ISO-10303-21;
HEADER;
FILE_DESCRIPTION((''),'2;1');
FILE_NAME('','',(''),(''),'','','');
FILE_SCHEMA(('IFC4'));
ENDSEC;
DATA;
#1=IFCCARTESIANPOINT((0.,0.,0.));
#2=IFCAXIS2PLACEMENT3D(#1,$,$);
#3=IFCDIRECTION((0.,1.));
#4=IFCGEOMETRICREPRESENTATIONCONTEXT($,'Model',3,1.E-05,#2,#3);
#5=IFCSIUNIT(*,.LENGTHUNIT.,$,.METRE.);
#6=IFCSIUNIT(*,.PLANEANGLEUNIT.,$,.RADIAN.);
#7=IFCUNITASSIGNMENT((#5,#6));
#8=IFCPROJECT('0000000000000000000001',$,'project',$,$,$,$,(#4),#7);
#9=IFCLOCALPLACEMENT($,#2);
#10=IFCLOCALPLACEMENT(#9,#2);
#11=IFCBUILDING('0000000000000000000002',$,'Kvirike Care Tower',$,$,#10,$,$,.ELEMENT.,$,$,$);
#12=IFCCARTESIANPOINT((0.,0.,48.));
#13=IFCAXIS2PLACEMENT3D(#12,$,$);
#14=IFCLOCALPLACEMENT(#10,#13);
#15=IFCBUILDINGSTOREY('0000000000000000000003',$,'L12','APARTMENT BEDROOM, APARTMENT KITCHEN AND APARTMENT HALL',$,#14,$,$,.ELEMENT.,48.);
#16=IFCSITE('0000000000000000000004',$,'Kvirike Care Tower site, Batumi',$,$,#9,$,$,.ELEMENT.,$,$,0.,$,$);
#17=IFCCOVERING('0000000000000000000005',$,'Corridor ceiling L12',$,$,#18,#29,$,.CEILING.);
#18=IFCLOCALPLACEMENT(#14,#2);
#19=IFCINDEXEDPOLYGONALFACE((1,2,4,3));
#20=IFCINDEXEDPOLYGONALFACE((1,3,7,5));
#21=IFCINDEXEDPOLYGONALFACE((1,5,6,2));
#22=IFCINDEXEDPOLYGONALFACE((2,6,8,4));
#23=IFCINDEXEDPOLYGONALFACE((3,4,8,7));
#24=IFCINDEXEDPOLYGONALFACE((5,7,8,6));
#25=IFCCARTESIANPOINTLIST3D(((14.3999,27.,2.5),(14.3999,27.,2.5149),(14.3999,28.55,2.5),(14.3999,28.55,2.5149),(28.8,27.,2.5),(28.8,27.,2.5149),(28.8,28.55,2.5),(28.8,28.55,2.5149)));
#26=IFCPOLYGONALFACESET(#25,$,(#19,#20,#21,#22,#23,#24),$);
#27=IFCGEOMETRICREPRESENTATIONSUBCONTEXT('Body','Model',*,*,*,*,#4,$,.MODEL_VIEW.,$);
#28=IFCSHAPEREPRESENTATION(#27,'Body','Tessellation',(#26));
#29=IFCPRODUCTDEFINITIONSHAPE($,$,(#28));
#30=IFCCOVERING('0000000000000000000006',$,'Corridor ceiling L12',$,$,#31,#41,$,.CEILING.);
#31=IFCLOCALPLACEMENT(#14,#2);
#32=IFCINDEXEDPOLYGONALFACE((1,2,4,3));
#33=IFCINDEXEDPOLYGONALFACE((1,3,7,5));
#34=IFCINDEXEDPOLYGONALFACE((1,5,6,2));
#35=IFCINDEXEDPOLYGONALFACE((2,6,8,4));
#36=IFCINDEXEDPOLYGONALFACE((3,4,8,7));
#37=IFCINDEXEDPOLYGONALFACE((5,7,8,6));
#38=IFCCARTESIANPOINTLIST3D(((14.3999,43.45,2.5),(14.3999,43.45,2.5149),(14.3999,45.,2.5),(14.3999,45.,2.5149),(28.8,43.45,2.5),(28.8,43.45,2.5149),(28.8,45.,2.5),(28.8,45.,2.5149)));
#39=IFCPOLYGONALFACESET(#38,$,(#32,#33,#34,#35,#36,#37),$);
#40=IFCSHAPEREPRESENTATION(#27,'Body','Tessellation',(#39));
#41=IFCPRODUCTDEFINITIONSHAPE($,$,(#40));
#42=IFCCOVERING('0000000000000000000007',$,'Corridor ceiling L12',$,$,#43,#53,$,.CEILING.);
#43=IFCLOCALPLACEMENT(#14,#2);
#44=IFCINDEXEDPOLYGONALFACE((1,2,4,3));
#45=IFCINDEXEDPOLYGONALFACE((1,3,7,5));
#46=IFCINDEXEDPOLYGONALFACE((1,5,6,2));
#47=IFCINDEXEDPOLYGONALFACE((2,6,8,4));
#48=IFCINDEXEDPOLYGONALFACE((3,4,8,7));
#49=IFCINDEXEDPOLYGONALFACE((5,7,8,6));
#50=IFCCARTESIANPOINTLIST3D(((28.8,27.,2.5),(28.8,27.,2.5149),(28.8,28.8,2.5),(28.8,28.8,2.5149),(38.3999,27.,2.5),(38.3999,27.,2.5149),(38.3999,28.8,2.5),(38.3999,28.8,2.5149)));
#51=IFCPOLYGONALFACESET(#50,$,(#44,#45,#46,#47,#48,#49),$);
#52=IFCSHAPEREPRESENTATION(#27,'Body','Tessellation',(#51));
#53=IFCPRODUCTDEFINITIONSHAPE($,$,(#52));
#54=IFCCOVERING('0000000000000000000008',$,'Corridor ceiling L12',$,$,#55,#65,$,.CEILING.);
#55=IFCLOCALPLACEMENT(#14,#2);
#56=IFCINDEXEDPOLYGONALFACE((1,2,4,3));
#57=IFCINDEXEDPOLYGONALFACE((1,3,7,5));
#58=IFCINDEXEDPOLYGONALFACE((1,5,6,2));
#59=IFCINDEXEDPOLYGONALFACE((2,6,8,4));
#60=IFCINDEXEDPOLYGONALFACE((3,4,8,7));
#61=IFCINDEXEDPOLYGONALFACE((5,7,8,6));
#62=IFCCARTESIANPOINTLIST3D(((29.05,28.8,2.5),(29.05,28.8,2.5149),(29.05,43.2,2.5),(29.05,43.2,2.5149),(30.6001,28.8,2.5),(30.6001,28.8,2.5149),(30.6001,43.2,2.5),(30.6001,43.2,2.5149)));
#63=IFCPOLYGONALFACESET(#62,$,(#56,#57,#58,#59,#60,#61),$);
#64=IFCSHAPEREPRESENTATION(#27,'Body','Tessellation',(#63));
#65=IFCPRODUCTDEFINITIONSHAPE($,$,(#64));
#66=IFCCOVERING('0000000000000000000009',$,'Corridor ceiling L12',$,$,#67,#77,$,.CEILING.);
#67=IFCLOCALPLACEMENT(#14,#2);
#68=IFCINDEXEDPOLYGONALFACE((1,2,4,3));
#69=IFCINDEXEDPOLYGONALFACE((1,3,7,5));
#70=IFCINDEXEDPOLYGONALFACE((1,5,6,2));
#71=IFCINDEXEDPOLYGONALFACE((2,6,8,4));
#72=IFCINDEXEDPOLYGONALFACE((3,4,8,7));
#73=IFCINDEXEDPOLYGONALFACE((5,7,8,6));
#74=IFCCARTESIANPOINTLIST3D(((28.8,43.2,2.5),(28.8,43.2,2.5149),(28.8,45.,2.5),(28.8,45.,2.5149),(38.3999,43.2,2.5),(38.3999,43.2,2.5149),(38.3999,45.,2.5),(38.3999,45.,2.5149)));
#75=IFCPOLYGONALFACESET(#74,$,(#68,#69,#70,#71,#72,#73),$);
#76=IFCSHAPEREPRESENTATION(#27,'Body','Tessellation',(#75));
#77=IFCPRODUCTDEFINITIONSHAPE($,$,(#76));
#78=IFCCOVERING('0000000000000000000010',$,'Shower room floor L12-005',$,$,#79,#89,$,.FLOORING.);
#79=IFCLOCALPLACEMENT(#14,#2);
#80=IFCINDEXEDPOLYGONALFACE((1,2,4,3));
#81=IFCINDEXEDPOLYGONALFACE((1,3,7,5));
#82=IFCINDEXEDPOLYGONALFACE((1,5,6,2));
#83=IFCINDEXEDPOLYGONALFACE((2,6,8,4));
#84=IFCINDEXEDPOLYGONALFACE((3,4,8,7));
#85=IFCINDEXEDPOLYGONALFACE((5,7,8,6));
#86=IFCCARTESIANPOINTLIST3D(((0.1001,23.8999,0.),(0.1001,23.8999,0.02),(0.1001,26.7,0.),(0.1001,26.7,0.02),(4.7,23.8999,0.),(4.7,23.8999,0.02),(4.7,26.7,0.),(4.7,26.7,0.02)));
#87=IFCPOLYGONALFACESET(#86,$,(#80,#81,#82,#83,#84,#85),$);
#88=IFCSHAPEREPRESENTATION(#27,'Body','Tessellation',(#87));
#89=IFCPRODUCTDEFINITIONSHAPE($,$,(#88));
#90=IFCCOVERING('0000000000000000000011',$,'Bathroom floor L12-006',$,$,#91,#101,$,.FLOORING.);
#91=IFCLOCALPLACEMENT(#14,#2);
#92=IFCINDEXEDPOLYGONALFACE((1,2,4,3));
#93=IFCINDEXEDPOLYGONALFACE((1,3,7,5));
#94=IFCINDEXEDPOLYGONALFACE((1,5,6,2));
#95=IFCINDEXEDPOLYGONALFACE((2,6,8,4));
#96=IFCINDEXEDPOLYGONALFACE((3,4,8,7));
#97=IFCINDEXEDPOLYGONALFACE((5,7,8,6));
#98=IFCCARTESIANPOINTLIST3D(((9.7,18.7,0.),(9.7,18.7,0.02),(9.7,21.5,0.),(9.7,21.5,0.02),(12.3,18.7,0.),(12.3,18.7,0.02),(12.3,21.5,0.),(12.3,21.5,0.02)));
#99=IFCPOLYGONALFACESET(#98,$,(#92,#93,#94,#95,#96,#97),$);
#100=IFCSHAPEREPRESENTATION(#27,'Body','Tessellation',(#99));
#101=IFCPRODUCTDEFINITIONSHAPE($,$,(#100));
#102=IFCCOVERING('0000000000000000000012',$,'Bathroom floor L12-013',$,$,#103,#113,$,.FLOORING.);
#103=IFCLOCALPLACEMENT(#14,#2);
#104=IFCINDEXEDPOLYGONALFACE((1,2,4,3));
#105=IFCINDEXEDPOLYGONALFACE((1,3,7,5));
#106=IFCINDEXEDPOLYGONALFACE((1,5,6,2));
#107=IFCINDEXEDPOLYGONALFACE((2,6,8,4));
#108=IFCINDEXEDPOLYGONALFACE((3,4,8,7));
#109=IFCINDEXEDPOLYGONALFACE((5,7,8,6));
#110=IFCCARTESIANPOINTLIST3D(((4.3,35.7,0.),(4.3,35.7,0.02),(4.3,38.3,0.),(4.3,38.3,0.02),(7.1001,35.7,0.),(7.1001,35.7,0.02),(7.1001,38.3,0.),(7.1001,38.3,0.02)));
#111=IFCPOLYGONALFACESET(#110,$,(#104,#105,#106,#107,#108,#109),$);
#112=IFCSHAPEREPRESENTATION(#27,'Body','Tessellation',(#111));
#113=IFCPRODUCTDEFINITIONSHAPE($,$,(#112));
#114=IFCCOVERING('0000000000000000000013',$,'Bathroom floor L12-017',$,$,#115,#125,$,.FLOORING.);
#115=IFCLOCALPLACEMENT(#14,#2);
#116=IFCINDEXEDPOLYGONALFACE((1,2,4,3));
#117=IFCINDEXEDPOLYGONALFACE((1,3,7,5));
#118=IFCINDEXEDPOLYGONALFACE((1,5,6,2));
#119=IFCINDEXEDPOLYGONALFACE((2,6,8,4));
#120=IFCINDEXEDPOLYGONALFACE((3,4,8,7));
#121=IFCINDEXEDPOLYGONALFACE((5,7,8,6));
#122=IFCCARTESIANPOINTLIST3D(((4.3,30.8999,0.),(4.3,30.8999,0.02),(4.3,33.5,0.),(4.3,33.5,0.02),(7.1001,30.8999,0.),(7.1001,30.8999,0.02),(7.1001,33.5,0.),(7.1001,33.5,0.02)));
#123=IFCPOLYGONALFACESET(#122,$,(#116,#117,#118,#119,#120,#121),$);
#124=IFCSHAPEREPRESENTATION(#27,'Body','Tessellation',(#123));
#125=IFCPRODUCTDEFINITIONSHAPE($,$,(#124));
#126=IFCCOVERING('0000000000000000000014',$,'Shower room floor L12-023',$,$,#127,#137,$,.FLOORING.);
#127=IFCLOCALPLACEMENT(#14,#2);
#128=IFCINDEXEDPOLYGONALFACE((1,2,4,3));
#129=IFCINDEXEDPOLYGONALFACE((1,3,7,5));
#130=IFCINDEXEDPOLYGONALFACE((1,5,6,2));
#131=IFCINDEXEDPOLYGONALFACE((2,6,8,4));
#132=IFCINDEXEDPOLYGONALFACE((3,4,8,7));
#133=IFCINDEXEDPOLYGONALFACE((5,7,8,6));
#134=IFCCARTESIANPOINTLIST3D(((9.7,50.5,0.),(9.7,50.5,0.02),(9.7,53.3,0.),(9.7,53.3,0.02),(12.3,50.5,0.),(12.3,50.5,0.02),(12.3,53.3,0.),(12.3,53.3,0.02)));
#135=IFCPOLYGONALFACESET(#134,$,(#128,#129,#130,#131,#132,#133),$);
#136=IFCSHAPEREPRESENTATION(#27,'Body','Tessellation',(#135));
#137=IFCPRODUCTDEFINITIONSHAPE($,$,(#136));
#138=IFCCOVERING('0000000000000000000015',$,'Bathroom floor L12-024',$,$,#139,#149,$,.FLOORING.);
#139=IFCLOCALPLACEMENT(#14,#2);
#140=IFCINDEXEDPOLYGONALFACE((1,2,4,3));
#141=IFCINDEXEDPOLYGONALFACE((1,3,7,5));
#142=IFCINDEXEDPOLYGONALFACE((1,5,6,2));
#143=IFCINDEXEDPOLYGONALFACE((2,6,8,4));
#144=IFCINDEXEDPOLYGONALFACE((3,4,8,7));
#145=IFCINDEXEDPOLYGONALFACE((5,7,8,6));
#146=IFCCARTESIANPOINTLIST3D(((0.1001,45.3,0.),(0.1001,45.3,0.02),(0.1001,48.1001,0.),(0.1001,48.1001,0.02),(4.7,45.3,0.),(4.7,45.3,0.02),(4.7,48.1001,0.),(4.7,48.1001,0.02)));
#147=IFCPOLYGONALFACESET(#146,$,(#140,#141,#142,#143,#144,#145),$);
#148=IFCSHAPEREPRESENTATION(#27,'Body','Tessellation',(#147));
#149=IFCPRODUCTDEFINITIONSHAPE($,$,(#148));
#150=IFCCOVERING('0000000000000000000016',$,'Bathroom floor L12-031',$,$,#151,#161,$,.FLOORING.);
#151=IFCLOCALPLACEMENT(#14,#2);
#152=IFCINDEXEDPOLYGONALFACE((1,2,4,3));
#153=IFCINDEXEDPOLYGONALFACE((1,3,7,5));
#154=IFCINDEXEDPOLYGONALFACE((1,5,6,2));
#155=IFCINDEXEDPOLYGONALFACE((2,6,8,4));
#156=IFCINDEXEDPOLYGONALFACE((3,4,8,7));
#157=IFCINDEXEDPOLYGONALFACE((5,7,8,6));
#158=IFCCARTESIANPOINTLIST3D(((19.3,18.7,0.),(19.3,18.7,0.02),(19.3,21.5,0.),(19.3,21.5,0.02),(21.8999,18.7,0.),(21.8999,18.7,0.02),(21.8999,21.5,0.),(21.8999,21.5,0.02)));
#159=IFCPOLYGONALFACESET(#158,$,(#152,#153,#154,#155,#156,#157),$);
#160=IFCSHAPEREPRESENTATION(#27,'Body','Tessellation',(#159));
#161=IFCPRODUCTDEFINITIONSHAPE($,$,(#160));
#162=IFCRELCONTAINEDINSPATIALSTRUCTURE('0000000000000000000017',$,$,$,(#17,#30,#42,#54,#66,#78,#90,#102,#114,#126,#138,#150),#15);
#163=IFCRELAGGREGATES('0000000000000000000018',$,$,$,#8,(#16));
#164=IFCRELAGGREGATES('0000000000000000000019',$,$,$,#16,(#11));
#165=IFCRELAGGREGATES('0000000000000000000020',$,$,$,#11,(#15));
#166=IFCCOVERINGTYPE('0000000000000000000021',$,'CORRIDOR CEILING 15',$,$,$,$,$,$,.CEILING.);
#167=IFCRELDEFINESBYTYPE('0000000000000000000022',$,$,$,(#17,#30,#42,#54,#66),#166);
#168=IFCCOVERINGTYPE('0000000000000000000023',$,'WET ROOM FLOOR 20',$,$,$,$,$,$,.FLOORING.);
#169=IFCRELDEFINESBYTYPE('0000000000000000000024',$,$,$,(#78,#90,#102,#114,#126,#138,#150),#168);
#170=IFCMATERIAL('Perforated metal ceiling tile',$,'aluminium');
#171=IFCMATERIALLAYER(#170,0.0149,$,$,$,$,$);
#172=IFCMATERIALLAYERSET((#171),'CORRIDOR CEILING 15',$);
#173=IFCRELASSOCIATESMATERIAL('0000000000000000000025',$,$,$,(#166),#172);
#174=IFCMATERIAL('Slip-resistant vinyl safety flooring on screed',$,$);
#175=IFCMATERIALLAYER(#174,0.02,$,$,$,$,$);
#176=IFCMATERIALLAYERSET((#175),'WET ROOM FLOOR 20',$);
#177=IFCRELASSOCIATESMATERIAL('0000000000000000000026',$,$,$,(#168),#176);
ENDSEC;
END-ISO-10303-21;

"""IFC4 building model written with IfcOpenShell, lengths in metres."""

from ifc_helpers import new_model, si_unit, direction, frame, origin, place, context, subcontext, project, spatial, polyline, outline, extrude, material, layer, layer_set, type_object, element, save


model = new_model("IFC4")

# Units and contexts
model_context = context("Model", 3, precision=1e-05, world=origin(), true_north=direction((0.0, 1.0)))
body_context = subcontext(model_context, "Body", "Model", "MODEL_VIEW")
ifc_project = project(units=[si_unit("LENGTHUNIT", "METRE"), si_unit("PLANEANGLEUNIT", "RADIAN")], contexts=[model_context])

# Site, building, storey
site_placement = place(None, origin())
site = spatial("IfcSite", under=ifc_project, at=site_placement, Name="Kvirike Care Tower site, Batumi", CompositionType="ELEMENT", RefElevation=0.0)
building_placement = place(site_placement, origin())
building = spatial("IfcBuilding", under=site, at=building_placement, Name="Kvirike Care Tower", CompositionType="ELEMENT")
storey_placement = place(building_placement, frame((0.0, 0.0, 48.0)))
storey = spatial("IfcBuildingStorey", under=building, at=storey_placement, Name="L12", Description="APARTMENT BEDROOM, APARTMENT KITCHEN AND APARTMENT HALL", CompositionType="ELEMENT", Elevation=48.0)

# Coverings
ifc_material_1 = material(Name="Perforated metal ceiling tile", Category="aluminium")
ifc_layer_1 = layer(ifc_material_1, 0.0149)
ifc_layer_set_1 = layer_set([ifc_layer_1], Name="CORRIDOR CEILING 15")
covering_type_1 = type_object("IfcCoveringType", Name="CORRIDOR CEILING 15", PredefinedType="CEILING", material=ifc_layer_set_1)
covering_1_placement = place(storey_placement, frame((0.0, 0.0, 2.5)))
element("IfcCovering", 1, at=covering_1_placement, inside=storey, type_object=covering_type_1, Name="Corridor ceiling L12", PredefinedType="CEILING", context=body_context, shape_type="SweptSolid", body=[
    extrude(outline(polyline([(14.3999, 27.0), (14.3999, 28.55), (28.8, 28.55), (28.8, 27.0), (14.3999, 27.0)])), origin(), (0.0, 0.0, 1.0), 0.0149),
])
covering_2_placement = place(storey_placement, frame((0.0, 0.0, 2.5)))
element("IfcCovering", 2, at=covering_2_placement, inside=storey, type_object=covering_type_1, Name="Corridor ceiling L12", PredefinedType="CEILING", context=body_context, shape_type="SweptSolid", body=[
    extrude(outline(polyline([(28.8, 45.0), (28.8, 43.45), (14.3999, 43.45), (14.3999, 45.0), (28.8, 45.0)])), origin(), (0.0, 0.0, 1.0), 0.0149),
])
covering_3_placement = place(storey_placement, frame((0.0, 0.0, 2.5)))
element("IfcCovering", 3, at=covering_3_placement, inside=storey, type_object=covering_type_1, Name="Corridor ceiling L12", PredefinedType="CEILING", context=body_context, shape_type="SweptSolid", body=[
    extrude(outline(polyline([(28.8, 27.0), (28.8, 28.8), (38.3999, 28.8), (38.3999, 27.0), (28.8, 27.0)])), origin(), (0.0, 0.0, 1.0), 0.0149),
])
covering_4_placement = place(storey_placement, frame((0.0, 0.0, 2.5)))
element("IfcCovering", 4, at=covering_4_placement, inside=storey, type_object=covering_type_1, Name="Corridor ceiling L12", PredefinedType="CEILING", context=body_context, shape_type="SweptSolid", body=[
    extrude(outline(polyline([(30.6001, 28.8), (29.05, 28.8), (29.05, 43.2), (30.6001, 43.2), (30.6001, 28.8)])), origin(), (0.0, 0.0, 1.0), 0.0149),
])
covering_5_placement = place(storey_placement, frame((0.0, 0.0, 2.5)))
element("IfcCovering", 5, at=covering_5_placement, inside=storey, type_object=covering_type_1, Name="Corridor ceiling L12", PredefinedType="CEILING", context=body_context, shape_type="SweptSolid", body=[
    extrude(outline(polyline([(38.3999, 45.0), (38.3999, 43.2), (28.8, 43.2), (28.8, 45.0), (38.3999, 45.0)])), origin(), (0.0, 0.0, 1.0), 0.0149),
])
ifc_material_2 = material(Name="Slip-resistant vinyl safety flooring on screed")
ifc_layer_2 = layer(ifc_material_2, 0.02)
ifc_layer_set_2 = layer_set([ifc_layer_2], Name="WET ROOM FLOOR 20")
covering_type_2 = type_object("IfcCoveringType", Name="WET ROOM FLOOR 20", PredefinedType="FLOORING", material=ifc_layer_set_2)
covering_6_placement = place(storey_placement, origin())
element("IfcCovering", 6, at=covering_6_placement, inside=storey, type_object=covering_type_2, Name="Shower room floor L12-005", PredefinedType="FLOORING", context=body_context, shape_type="SweptSolid", body=[
    extrude(outline(polyline([(0.1001, 23.8999), (0.1001, 26.7), (4.7, 26.7), (4.7, 23.8999), (0.1001, 23.8999)])), origin(), (0.0, 0.0, 1.0), 0.02),
])
covering_7_placement = place(storey_placement, origin())
element("IfcCovering", 7, at=covering_7_placement, inside=storey, type_object=covering_type_2, Name="Bathroom floor L12-006", PredefinedType="FLOORING", context=body_context, shape_type="SweptSolid", body=[
    extrude(outline(polyline([(9.7, 18.7), (9.7, 21.5), (12.3, 21.5), (12.3, 18.7), (9.7, 18.7)])), origin(), (0.0, 0.0, 1.0), 0.02),
])
covering_8_placement = place(storey_placement, origin())
element("IfcCovering", 8, at=covering_8_placement, inside=storey, type_object=covering_type_2, Name="Bathroom floor L12-013", PredefinedType="FLOORING", context=body_context, shape_type="SweptSolid", body=[
    extrude(outline(polyline([(4.3, 38.3), (7.1001, 38.3), (7.1001, 35.7), (4.3, 35.7), (4.3, 38.3)])), origin(), (0.0, 0.0, 1.0), 0.02),
])
covering_9_placement = place(storey_placement, origin())
element("IfcCovering", 9, at=covering_9_placement, inside=storey, type_object=covering_type_2, Name="Bathroom floor L12-017", PredefinedType="FLOORING", context=body_context, shape_type="SweptSolid", body=[
    extrude(outline(polyline([(4.3, 33.5), (7.1001, 33.5), (7.1001, 30.8999), (4.3, 30.8999), (4.3, 33.5)])), origin(), (0.0, 0.0, 1.0), 0.02),
])
covering_10_placement = place(storey_placement, origin())
element("IfcCovering", 10, at=covering_10_placement, inside=storey, type_object=covering_type_2, Name="Shower room floor L12-023", PredefinedType="FLOORING", context=body_context, shape_type="SweptSolid", body=[
    extrude(outline(polyline([(12.3, 53.3), (12.3, 50.5), (9.7, 50.5), (9.7, 53.3), (12.3, 53.3)])), origin(), (0.0, 0.0, 1.0), 0.02),
])
covering_11_placement = place(storey_placement, origin())
element("IfcCovering", 11, at=covering_11_placement, inside=storey, type_object=covering_type_2, Name="Bathroom floor L12-024", PredefinedType="FLOORING", context=body_context, shape_type="SweptSolid", body=[
    extrude(outline(polyline([(4.7, 48.1001), (4.7, 45.3), (0.1001, 45.3), (0.1001, 48.1001), (4.7, 48.1001)])), origin(), (0.0, 0.0, 1.0), 0.02),
])
covering_12_placement = place(storey_placement, origin())
element("IfcCovering", 12, at=covering_12_placement, inside=storey, type_object=covering_type_2, Name="Bathroom floor L12-031", PredefinedType="FLOORING", context=body_context, shape_type="SweptSolid", body=[
    extrude(outline(polyline([(19.3, 18.7), (19.3, 21.5), (21.8999, 21.5), (21.8999, 18.7), (19.3, 18.7)])), origin(), (0.0, 0.0, 1.0), 0.02),
])

save(model, "model.ifc")
